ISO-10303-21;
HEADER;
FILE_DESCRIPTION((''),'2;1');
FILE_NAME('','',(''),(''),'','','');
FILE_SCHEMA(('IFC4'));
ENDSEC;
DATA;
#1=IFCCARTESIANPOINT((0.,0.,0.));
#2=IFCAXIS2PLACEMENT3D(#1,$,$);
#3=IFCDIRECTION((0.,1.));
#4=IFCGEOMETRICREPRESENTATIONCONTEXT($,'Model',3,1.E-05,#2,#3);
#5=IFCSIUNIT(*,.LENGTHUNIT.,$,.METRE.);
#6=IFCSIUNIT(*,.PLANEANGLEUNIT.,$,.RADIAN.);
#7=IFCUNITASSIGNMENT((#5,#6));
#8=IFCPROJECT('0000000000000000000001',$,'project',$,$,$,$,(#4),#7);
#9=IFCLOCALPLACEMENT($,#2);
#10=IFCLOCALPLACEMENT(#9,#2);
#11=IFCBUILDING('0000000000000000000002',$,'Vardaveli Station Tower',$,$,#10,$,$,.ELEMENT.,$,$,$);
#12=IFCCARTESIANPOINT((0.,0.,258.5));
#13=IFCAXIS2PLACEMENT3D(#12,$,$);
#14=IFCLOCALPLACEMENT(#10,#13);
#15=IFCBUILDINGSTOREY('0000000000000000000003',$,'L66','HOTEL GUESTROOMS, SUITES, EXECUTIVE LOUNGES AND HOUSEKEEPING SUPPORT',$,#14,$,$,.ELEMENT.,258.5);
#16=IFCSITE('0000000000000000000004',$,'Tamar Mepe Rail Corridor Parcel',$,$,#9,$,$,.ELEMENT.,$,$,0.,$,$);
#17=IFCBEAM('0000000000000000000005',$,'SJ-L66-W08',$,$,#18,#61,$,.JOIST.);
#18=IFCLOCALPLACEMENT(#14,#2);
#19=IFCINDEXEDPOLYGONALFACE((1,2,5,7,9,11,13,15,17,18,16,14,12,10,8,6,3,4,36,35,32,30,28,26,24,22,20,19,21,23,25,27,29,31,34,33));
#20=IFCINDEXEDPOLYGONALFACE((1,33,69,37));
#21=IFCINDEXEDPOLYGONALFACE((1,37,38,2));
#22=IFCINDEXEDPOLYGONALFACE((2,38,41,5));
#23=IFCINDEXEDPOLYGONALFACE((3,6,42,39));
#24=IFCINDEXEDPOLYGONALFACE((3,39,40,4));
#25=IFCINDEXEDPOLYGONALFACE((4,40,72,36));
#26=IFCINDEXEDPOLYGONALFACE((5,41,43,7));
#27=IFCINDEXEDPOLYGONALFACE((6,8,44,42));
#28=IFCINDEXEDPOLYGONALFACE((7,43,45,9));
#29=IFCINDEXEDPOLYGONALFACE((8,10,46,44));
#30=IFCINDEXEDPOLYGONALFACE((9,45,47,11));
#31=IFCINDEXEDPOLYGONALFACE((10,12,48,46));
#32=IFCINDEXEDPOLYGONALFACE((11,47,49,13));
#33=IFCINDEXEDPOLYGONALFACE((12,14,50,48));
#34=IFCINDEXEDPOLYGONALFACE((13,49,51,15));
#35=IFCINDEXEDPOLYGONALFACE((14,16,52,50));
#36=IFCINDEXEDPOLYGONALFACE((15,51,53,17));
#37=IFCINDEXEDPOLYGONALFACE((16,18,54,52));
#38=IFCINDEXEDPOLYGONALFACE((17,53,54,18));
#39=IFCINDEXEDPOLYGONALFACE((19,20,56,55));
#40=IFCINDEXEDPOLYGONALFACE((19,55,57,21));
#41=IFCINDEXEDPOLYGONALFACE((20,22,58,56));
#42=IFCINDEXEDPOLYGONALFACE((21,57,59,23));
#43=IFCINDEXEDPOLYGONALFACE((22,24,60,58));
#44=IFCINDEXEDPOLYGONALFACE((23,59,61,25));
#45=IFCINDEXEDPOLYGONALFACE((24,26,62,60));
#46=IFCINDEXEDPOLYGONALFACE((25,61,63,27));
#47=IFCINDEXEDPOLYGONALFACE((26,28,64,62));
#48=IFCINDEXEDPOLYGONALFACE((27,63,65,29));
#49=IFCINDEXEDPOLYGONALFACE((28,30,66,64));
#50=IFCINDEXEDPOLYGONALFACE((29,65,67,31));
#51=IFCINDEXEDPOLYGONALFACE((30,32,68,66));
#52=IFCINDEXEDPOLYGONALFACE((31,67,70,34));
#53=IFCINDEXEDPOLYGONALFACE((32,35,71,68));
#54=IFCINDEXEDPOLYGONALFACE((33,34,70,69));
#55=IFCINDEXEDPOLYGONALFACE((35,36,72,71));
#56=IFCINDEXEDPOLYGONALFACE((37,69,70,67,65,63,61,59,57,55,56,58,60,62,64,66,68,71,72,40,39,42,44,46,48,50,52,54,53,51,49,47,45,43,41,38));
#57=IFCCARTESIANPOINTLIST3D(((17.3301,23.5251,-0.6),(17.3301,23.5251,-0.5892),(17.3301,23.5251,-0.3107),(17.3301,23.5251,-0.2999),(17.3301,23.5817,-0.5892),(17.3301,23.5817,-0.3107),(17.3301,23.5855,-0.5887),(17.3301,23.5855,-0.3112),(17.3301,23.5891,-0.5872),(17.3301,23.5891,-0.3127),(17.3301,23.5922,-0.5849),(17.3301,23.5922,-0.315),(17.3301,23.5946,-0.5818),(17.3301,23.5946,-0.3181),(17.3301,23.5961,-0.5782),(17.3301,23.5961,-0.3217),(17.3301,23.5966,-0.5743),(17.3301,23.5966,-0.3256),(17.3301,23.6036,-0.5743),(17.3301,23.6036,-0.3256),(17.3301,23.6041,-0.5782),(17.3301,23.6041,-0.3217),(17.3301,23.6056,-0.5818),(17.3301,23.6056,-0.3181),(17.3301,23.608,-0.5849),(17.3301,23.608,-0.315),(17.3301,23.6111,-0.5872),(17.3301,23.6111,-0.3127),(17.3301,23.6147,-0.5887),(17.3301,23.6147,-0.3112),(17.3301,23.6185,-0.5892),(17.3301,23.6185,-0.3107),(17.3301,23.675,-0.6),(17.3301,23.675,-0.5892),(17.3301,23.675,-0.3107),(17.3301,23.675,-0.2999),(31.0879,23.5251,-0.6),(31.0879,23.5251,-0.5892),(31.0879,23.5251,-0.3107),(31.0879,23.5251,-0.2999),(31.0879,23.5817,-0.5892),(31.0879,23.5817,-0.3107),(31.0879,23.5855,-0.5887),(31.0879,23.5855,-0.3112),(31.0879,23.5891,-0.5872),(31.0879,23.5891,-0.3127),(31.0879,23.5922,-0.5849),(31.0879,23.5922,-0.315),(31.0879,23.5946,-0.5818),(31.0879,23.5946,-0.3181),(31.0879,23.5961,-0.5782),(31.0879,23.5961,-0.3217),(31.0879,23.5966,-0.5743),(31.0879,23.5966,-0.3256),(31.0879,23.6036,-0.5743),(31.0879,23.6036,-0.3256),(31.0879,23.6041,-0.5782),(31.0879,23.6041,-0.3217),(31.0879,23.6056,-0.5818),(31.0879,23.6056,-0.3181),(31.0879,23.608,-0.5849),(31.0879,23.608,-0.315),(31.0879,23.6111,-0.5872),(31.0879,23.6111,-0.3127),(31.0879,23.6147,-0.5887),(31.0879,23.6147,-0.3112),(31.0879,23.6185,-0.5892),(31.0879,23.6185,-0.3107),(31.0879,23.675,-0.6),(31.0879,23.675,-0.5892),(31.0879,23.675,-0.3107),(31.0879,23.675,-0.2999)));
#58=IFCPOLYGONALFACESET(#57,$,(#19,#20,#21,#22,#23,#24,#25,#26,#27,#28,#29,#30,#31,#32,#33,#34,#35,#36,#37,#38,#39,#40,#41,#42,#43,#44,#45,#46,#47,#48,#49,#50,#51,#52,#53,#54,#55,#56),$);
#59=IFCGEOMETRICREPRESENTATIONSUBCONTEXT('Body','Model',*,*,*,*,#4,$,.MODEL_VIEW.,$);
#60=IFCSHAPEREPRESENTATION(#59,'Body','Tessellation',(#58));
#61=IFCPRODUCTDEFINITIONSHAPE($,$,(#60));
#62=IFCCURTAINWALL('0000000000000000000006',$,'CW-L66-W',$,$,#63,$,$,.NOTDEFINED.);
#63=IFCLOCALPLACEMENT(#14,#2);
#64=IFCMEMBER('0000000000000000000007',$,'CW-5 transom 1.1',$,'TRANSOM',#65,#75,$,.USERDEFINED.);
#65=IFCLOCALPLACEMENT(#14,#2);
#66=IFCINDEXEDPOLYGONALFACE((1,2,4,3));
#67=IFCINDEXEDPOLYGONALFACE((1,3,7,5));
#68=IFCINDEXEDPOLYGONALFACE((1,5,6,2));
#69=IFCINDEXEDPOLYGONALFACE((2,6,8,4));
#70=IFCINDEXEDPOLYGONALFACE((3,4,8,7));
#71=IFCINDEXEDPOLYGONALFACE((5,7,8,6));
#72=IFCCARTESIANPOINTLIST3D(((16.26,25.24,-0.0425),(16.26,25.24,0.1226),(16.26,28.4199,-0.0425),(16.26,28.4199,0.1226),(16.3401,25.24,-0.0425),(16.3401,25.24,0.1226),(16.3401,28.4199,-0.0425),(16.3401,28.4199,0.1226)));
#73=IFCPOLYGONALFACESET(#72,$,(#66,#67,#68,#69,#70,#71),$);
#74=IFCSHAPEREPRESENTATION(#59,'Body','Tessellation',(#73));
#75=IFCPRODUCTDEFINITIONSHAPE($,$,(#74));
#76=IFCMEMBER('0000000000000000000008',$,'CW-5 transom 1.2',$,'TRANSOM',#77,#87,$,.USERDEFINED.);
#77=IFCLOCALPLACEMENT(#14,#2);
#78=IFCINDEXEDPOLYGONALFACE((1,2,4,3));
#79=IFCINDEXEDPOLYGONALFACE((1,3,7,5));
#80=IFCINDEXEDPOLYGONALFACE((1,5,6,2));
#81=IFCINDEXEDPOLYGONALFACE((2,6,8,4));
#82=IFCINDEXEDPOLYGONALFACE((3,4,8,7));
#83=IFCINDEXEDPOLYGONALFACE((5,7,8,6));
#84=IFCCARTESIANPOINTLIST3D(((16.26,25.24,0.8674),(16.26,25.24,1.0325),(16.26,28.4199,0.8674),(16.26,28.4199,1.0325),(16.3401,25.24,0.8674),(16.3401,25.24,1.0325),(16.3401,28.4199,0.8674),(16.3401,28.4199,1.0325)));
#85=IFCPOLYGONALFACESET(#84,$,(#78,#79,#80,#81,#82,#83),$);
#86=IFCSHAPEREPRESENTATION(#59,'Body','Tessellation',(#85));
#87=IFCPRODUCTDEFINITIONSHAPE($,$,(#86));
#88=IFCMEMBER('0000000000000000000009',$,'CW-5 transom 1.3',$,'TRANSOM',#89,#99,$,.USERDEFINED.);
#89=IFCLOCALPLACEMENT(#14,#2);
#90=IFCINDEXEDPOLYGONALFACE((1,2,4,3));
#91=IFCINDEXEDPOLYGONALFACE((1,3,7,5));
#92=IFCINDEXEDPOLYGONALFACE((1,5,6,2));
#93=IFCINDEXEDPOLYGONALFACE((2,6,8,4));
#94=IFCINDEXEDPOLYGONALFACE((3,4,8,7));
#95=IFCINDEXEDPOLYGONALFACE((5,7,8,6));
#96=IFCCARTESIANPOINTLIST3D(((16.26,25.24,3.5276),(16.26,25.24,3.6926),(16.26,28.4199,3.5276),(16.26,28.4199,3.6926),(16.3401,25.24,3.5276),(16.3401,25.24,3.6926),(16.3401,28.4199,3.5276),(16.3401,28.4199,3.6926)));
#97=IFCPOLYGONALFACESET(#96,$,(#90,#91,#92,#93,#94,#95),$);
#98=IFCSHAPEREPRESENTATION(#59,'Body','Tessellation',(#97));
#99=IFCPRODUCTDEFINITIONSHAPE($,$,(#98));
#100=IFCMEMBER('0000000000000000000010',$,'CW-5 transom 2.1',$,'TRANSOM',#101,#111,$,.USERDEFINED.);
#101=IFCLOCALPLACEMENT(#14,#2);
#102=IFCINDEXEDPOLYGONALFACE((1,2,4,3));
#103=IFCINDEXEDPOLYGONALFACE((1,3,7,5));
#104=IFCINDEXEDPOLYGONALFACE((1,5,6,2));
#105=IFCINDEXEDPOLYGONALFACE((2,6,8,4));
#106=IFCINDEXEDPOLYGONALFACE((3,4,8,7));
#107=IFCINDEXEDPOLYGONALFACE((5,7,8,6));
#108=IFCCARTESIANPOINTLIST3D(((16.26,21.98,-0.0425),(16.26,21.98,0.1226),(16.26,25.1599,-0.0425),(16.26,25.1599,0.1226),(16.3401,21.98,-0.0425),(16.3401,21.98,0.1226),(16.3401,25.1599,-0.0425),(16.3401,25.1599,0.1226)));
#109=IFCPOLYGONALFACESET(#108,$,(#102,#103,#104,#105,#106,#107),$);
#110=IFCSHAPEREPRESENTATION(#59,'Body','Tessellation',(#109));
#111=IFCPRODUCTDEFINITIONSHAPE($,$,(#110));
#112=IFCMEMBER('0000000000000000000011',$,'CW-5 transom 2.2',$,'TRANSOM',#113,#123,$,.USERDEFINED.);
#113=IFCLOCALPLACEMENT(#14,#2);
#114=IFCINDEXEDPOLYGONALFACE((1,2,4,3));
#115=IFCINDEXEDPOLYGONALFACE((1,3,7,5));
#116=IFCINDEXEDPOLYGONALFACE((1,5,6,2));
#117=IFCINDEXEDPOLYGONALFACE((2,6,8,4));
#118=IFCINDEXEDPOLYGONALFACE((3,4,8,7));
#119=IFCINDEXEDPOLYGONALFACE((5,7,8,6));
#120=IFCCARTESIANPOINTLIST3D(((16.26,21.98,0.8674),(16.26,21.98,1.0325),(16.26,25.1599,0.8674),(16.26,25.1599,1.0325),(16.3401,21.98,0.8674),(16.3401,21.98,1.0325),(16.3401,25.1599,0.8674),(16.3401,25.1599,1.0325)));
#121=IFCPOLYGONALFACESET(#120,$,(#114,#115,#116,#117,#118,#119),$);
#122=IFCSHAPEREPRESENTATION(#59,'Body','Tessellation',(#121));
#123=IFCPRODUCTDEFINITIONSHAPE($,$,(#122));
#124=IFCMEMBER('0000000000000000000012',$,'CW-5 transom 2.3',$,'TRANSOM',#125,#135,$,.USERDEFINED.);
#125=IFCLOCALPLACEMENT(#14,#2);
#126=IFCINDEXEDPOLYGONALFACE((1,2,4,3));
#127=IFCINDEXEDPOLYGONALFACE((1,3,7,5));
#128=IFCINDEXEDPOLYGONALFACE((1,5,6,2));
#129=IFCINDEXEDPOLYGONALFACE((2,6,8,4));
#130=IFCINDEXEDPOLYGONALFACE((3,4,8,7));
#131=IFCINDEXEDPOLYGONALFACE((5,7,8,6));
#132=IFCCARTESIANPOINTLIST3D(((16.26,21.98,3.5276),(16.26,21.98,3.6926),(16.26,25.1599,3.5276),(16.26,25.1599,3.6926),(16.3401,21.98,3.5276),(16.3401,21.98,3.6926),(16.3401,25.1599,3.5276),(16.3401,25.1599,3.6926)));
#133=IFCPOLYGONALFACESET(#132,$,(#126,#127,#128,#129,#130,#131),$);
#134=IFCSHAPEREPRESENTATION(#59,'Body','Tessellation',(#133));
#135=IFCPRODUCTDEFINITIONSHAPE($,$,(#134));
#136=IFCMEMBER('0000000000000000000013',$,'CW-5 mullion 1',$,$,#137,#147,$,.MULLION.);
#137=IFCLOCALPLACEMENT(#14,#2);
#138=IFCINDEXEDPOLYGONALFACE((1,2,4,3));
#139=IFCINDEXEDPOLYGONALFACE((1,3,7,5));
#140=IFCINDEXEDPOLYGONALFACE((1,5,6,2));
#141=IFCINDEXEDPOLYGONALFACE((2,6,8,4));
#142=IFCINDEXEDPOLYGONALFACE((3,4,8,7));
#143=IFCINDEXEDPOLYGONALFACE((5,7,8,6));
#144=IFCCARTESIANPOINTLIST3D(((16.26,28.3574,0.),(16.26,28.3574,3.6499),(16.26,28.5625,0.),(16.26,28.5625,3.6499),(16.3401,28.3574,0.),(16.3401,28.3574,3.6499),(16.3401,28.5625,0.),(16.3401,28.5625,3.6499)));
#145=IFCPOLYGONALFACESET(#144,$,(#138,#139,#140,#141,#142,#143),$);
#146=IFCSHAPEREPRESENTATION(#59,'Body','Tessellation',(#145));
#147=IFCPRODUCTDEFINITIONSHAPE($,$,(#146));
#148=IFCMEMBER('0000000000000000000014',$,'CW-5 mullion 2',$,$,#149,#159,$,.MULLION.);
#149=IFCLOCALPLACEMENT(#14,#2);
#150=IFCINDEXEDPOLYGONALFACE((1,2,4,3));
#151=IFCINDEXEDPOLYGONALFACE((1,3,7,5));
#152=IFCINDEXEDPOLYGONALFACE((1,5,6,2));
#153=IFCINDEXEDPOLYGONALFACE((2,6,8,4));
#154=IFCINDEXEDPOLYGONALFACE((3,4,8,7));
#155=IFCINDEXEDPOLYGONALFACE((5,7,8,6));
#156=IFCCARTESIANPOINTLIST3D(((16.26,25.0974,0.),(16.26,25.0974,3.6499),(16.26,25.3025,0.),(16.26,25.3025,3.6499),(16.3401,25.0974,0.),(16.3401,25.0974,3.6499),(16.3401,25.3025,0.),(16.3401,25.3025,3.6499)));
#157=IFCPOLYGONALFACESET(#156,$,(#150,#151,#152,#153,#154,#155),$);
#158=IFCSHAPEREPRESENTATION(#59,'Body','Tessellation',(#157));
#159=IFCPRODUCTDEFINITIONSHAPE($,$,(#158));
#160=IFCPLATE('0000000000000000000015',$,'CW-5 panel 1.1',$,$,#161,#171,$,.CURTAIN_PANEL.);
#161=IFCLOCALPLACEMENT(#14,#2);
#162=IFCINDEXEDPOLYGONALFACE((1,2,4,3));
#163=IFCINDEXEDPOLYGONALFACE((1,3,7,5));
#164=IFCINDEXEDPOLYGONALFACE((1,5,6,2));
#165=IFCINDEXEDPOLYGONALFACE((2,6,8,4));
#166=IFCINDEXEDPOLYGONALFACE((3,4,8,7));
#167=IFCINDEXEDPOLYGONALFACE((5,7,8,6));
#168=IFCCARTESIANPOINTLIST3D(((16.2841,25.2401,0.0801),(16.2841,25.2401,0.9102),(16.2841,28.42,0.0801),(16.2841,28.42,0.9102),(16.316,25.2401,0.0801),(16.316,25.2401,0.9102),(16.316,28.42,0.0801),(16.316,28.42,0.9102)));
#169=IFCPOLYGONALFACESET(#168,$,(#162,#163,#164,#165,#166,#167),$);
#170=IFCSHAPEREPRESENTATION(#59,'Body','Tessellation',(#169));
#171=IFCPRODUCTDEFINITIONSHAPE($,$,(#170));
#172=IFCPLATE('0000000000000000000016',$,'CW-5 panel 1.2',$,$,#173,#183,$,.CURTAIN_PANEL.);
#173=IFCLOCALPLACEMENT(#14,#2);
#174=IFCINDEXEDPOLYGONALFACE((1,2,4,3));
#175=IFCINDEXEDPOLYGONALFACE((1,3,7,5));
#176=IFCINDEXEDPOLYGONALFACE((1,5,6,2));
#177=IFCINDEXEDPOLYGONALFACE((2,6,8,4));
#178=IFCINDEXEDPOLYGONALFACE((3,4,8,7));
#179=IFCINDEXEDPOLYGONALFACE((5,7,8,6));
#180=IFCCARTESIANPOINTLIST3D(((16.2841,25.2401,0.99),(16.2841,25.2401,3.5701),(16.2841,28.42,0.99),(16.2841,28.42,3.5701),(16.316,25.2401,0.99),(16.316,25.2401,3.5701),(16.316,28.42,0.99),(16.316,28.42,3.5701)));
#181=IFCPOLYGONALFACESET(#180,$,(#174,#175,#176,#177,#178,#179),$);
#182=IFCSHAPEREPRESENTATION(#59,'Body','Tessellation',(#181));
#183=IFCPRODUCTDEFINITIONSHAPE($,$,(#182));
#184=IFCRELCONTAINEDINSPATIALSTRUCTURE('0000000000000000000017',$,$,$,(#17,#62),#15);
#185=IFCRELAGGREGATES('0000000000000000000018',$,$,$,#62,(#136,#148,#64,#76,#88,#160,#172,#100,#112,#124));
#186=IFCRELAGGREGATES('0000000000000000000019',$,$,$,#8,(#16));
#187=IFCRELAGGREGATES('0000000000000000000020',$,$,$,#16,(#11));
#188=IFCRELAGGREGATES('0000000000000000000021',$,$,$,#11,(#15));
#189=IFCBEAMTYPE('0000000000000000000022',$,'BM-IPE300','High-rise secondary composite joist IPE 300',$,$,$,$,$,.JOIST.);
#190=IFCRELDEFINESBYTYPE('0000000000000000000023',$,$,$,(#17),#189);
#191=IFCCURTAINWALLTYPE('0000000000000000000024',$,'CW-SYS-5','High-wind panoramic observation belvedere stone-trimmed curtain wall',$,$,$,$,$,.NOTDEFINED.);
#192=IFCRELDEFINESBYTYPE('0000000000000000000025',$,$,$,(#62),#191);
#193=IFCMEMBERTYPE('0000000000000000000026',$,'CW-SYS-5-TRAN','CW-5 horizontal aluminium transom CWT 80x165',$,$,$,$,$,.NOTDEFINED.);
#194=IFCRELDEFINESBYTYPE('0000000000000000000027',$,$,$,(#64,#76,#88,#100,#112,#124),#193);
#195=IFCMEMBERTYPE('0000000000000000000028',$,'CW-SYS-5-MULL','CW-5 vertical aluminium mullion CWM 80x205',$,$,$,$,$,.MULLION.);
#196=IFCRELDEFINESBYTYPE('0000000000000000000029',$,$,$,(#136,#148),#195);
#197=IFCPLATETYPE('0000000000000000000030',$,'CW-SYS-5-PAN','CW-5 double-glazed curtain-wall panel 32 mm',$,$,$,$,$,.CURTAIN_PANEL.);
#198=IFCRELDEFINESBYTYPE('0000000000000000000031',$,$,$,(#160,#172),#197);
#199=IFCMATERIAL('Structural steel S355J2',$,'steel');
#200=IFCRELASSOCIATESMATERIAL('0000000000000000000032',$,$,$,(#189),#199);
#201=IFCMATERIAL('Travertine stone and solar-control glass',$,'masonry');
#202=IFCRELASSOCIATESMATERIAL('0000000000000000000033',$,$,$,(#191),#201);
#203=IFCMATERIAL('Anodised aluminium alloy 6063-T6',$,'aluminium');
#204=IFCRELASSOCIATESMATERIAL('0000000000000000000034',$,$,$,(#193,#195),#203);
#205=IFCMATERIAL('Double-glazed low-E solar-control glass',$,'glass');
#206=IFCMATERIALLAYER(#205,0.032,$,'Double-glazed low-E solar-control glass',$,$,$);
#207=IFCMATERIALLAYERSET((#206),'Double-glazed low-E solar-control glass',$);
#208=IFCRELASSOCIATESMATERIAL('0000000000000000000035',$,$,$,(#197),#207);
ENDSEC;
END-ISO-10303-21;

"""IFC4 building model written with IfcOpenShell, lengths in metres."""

from ifc_helpers import new_model, si_unit, direction, frame, origin, origin_2d, place, context, subcontext, project, spatial, rectangle, i_section, extrude, source, transform, mapped, material, layer, layer_set, material_profile, profile_set, type_object, element, aggregate, save


model = new_model("IFC4")

# Units and contexts
model_context = context("Model", 3, precision=1e-05, world=origin(), true_north=direction((0.0, 1.0)))
body_context = subcontext(model_context, "Body", "Model", "MODEL_VIEW")
ifc_project = project(units=[si_unit("LENGTHUNIT", "METRE"), si_unit("PLANEANGLEUNIT", "RADIAN")], contexts=[model_context])

# Site, building, storey
site_placement = place(None, origin())
site = spatial("IfcSite", under=ifc_project, at=site_placement, Name="Tamar Mepe Rail Corridor Parcel", CompositionType="ELEMENT", RefElevation=0.0)
building_placement = place(site_placement, origin())
building = spatial("IfcBuilding", under=site, at=building_placement, Name="Vardaveli Station Tower", CompositionType="ELEMENT")
storey_placement = place(building_placement, frame((0.0, 0.0, 258.5)))
storey = spatial("IfcBuildingStorey", under=building, at=storey_placement, Name="L66", Description="HOTEL GUESTROOMS, SUITES, EXECUTIVE LOUNGES AND HOUSEKEEPING SUPPORT", CompositionType="ELEMENT", Elevation=258.5)

# Beam
ifc_material_1 = material(Name="Structural steel S355J2", Category="steel")
ifc_material_profile_1 = material_profile(ifc_material_1, i_section(OverallWidth=0.1499, OverallDepth=0.3, WebThickness=0.0071, FlangeThickness=0.0107, FilletRadius=0.0149, at=origin_2d()), Name="IPE 300")
ifc_profile_set_1 = profile_set([ifc_material_profile_1], Name="Structural steel S355J2")
beam_type_1 = type_object("IfcBeamType", Name="BM-IPE300", Description="High-rise secondary composite joist IPE 300", PredefinedType="JOIST", material=ifc_profile_set_1)
shared_shape_1 = source(origin(), body_context, "Body", "SweptSolid", [
    extrude(i_section(OverallWidth=0.1499, OverallDepth=0.3, WebThickness=0.0071, FlangeThickness=0.0107, FilletRadius=0.0149, at=origin_2d()), origin(), (0.0, 0.0, 1.0), 13.7578),
])
beam_1_placement = place(storey_placement, frame((17.3301, 23.6001, -0.45), z_axis=(1.0, 0.0, 0.0), x_axis=(0.0, 1.0, 0.0)))
element("IfcBeam", 1, at=beam_1_placement, inside=storey, type_object=beam_type_1, Name="SJ-L66-W08", PredefinedType="JOIST", context=body_context, shape_type="MappedRepresentation", body=[
    mapped(shared_shape_1, transform((0.0, 0.0, 0.0), scale=1.0)),
])

# Curtain wall, members, plates
ifc_material_2 = material(Name="Travertine stone and solar-control glass", Category="masonry")
curtain_wall_type = type_object("IfcCurtainWallType", Name="CW-SYS-5", Description="High-wind panoramic observation belvedere stone-trimmed curtain wall", PredefinedType="NOTDEFINED", material=ifc_material_2)
curtain_wall_placement = place(storey_placement, origin())
curtain_wall = element("IfcCurtainWall", 2, at=curtain_wall_placement, inside=storey, type_object=curtain_wall_type, Name="CW-L66-W", PredefinedType="NOTDEFINED")
ifc_material_3 = material(Name="Anodised aluminium alloy 6063-T6", Category="aluminium")
ifc_material_profile_2 = material_profile(ifc_material_3, rectangle(XDim=0.0801, YDim=0.165, at=origin_2d()), Name="CWT 80x165")
ifc_profile_set_2 = profile_set([ifc_material_profile_2], Name="Anodised aluminium alloy 6063-T6")
member_type_1 = type_object("IfcMemberType", Name="CW-SYS-5-TRAN", Description="CW-5 horizontal aluminium transom CWT 80x165", PredefinedType="NOTDEFINED", material=ifc_profile_set_2)
shared_shape_2 = source(origin(), body_context, "Body", "SweptSolid", [
    extrude(rectangle(XDim=0.0801, YDim=0.165, at=origin_2d()), origin(), (0.0, 0.0, 1.0), 3.1799),
])
member_1_placement = place(storey_placement, frame((16.3, 28.4199, 0.04), z_axis=(0.0, -1.0, 0.0), x_axis=(1.0, 0.0, 0.0)))
member_1 = element("IfcMember", 3, at=member_1_placement, type_object=member_type_1, Name="CW-5 transom 1.1", ObjectType="TRANSOM", PredefinedType="USERDEFINED", context=body_context, shape_type="MappedRepresentation", body=[
    mapped(shared_shape_2, transform((0.0, 0.0, 0.0), scale=1.0)),
])
member_2_placement = place(storey_placement, frame((16.3, 28.4199, 0.95), z_axis=(0.0, -1.0, 0.0), x_axis=(1.0, 0.0, 0.0)))
member_2 = element("IfcMember", 4, at=member_2_placement, type_object=member_type_1, Name="CW-5 transom 1.2", ObjectType="TRANSOM", PredefinedType="USERDEFINED", context=body_context, shape_type="MappedRepresentation", body=[
    mapped(shared_shape_2, transform((0.0, 0.0, 0.0), scale=1.0)),
])
member_3_placement = place(storey_placement, frame((16.3, 28.4199, 3.6101), z_axis=(0.0, -1.0, 0.0), x_axis=(1.0, 0.0, 0.0)))
member_3 = element("IfcMember", 5, at=member_3_placement, type_object=member_type_1, Name="CW-5 transom 1.3", ObjectType="TRANSOM", PredefinedType="USERDEFINED", context=body_context, shape_type="MappedRepresentation", body=[
    mapped(shared_shape_2, transform((0.0, 0.0, 0.0), scale=1.0)),
])
member_4_placement = place(storey_placement, frame((16.3, 25.1599, 0.04), z_axis=(0.0, -1.0, 0.0), x_axis=(1.0, 0.0, 0.0)))
member_4 = element("IfcMember", 6, at=member_4_placement, type_object=member_type_1, Name="CW-5 transom 2.1", ObjectType="TRANSOM", PredefinedType="USERDEFINED", context=body_context, shape_type="MappedRepresentation", body=[
    mapped(shared_shape_2, transform((0.0, 0.0, 0.0), scale=1.0)),
])
member_5_placement = place(storey_placement, frame((16.3, 25.1599, 0.95), z_axis=(0.0, -1.0, 0.0), x_axis=(1.0, 0.0, 0.0)))
member_5 = element("IfcMember", 7, at=member_5_placement, type_object=member_type_1, Name="CW-5 transom 2.2", ObjectType="TRANSOM", PredefinedType="USERDEFINED", context=body_context, shape_type="MappedRepresentation", body=[
    mapped(shared_shape_2, transform((0.0, 0.0, 0.0), scale=1.0)),
])
member_6_placement = place(storey_placement, frame((16.3, 25.1599, 3.6101), z_axis=(0.0, -1.0, 0.0), x_axis=(1.0, 0.0, 0.0)))
member_6 = element("IfcMember", 8, at=member_6_placement, type_object=member_type_1, Name="CW-5 transom 2.3", ObjectType="TRANSOM", PredefinedType="USERDEFINED", context=body_context, shape_type="MappedRepresentation", body=[
    mapped(shared_shape_2, transform((0.0, 0.0, 0.0), scale=1.0)),
])
ifc_material_profile_3 = material_profile(ifc_material_3, rectangle(XDim=0.0801, YDim=0.2051, at=origin_2d()), Name="CWM 80x205")
ifc_profile_set_3 = profile_set([ifc_material_profile_3], Name="Anodised aluminium alloy 6063-T6")
member_type_2 = type_object("IfcMemberType", Name="CW-SYS-5-MULL", Description="CW-5 vertical aluminium mullion CWM 80x205", PredefinedType="MULLION", material=ifc_profile_set_3)
shared_shape_3 = source(origin(), body_context, "Body", "SweptSolid", [
    extrude(rectangle(XDim=0.0801, YDim=0.2051, at=origin_2d()), origin(), (0.0, 0.0, 1.0), 3.6499),
])
member_7_placement = place(storey_placement, frame((16.3, 28.46, 0.0), z_axis=(0.0, 0.0, 1.0), x_axis=(1.0, 0.0, 0.0)))
member_7 = element("IfcMember", 9, at=member_7_placement, type_object=member_type_2, Name="CW-5 mullion 1", PredefinedType="MULLION", context=body_context, shape_type="MappedRepresentation", body=[
    mapped(shared_shape_3, transform((0.0, 0.0, 0.0), scale=1.0)),
])
member_8_placement = place(storey_placement, frame((16.3, 25.2, 0.0), z_axis=(0.0, 0.0, 1.0), x_axis=(1.0, 0.0, 0.0)))
member_8 = element("IfcMember", 10, at=member_8_placement, type_object=member_type_2, Name="CW-5 mullion 2", PredefinedType="MULLION", context=body_context, shape_type="MappedRepresentation", body=[
    mapped(shared_shape_3, transform((0.0, 0.0, 0.0), scale=1.0)),
])
ifc_material_4 = material(Name="Double-glazed low-E solar-control glass", Category="glass")
ifc_layer_1 = layer(ifc_material_4, 0.032, Name="Double-glazed low-E solar-control glass")
ifc_layer_set_1 = layer_set([ifc_layer_1], Name="Double-glazed low-E solar-control glass")
plate_type = type_object("IfcPlateType", Name="CW-SYS-5-PAN", Description="CW-5 double-glazed curtain-wall panel 32 mm", PredefinedType="CURTAIN_PANEL", material=ifc_layer_set_1)
shared_shape_4 = source(origin(), body_context, "Body", "SweptSolid", [
    extrude(rectangle(XDim=3.1799, YDim=0.032, at=origin_2d()), origin(), (0.0, 0.0, 1.0), 0.8301),
])
plate_1_placement = place(storey_placement, frame((16.3, 26.8301, 0.0801), z_axis=(0.0, 0.0, 1.0), x_axis=(0.0, -1.0, 0.0)))
plate_1 = element("IfcPlate", 11, at=plate_1_placement, type_object=plate_type, Name="CW-5 panel 1.1", PredefinedType="CURTAIN_PANEL", context=body_context, shape_type="MappedRepresentation", body=[
    mapped(shared_shape_4, transform((0.0, 0.0, 0.0), scale=1.0)),
])
shared_shape_5 = source(origin(), body_context, "Body", "SweptSolid", [
    extrude(rectangle(XDim=3.1799, YDim=0.032, at=origin_2d()), origin(), (0.0, 0.0, 1.0), 2.5801),
])
plate_2_placement = place(storey_placement, frame((16.3, 26.8301, 0.99), z_axis=(0.0, 0.0, 1.0), x_axis=(0.0, -1.0, 0.0)))
plate_2 = element("IfcPlate", 12, at=plate_2_placement, type_object=plate_type, Name="CW-5 panel 1.2", PredefinedType="CURTAIN_PANEL", context=body_context, shape_type="MappedRepresentation", body=[
    mapped(shared_shape_5, transform((0.0, 0.0, 0.0), scale=1.0)),
])
aggregate(curtain_wall, [member_7, member_8, member_1, member_2, member_3, plate_1, plate_2, member_4, member_5, member_6])

save(model, "model.ifc")
